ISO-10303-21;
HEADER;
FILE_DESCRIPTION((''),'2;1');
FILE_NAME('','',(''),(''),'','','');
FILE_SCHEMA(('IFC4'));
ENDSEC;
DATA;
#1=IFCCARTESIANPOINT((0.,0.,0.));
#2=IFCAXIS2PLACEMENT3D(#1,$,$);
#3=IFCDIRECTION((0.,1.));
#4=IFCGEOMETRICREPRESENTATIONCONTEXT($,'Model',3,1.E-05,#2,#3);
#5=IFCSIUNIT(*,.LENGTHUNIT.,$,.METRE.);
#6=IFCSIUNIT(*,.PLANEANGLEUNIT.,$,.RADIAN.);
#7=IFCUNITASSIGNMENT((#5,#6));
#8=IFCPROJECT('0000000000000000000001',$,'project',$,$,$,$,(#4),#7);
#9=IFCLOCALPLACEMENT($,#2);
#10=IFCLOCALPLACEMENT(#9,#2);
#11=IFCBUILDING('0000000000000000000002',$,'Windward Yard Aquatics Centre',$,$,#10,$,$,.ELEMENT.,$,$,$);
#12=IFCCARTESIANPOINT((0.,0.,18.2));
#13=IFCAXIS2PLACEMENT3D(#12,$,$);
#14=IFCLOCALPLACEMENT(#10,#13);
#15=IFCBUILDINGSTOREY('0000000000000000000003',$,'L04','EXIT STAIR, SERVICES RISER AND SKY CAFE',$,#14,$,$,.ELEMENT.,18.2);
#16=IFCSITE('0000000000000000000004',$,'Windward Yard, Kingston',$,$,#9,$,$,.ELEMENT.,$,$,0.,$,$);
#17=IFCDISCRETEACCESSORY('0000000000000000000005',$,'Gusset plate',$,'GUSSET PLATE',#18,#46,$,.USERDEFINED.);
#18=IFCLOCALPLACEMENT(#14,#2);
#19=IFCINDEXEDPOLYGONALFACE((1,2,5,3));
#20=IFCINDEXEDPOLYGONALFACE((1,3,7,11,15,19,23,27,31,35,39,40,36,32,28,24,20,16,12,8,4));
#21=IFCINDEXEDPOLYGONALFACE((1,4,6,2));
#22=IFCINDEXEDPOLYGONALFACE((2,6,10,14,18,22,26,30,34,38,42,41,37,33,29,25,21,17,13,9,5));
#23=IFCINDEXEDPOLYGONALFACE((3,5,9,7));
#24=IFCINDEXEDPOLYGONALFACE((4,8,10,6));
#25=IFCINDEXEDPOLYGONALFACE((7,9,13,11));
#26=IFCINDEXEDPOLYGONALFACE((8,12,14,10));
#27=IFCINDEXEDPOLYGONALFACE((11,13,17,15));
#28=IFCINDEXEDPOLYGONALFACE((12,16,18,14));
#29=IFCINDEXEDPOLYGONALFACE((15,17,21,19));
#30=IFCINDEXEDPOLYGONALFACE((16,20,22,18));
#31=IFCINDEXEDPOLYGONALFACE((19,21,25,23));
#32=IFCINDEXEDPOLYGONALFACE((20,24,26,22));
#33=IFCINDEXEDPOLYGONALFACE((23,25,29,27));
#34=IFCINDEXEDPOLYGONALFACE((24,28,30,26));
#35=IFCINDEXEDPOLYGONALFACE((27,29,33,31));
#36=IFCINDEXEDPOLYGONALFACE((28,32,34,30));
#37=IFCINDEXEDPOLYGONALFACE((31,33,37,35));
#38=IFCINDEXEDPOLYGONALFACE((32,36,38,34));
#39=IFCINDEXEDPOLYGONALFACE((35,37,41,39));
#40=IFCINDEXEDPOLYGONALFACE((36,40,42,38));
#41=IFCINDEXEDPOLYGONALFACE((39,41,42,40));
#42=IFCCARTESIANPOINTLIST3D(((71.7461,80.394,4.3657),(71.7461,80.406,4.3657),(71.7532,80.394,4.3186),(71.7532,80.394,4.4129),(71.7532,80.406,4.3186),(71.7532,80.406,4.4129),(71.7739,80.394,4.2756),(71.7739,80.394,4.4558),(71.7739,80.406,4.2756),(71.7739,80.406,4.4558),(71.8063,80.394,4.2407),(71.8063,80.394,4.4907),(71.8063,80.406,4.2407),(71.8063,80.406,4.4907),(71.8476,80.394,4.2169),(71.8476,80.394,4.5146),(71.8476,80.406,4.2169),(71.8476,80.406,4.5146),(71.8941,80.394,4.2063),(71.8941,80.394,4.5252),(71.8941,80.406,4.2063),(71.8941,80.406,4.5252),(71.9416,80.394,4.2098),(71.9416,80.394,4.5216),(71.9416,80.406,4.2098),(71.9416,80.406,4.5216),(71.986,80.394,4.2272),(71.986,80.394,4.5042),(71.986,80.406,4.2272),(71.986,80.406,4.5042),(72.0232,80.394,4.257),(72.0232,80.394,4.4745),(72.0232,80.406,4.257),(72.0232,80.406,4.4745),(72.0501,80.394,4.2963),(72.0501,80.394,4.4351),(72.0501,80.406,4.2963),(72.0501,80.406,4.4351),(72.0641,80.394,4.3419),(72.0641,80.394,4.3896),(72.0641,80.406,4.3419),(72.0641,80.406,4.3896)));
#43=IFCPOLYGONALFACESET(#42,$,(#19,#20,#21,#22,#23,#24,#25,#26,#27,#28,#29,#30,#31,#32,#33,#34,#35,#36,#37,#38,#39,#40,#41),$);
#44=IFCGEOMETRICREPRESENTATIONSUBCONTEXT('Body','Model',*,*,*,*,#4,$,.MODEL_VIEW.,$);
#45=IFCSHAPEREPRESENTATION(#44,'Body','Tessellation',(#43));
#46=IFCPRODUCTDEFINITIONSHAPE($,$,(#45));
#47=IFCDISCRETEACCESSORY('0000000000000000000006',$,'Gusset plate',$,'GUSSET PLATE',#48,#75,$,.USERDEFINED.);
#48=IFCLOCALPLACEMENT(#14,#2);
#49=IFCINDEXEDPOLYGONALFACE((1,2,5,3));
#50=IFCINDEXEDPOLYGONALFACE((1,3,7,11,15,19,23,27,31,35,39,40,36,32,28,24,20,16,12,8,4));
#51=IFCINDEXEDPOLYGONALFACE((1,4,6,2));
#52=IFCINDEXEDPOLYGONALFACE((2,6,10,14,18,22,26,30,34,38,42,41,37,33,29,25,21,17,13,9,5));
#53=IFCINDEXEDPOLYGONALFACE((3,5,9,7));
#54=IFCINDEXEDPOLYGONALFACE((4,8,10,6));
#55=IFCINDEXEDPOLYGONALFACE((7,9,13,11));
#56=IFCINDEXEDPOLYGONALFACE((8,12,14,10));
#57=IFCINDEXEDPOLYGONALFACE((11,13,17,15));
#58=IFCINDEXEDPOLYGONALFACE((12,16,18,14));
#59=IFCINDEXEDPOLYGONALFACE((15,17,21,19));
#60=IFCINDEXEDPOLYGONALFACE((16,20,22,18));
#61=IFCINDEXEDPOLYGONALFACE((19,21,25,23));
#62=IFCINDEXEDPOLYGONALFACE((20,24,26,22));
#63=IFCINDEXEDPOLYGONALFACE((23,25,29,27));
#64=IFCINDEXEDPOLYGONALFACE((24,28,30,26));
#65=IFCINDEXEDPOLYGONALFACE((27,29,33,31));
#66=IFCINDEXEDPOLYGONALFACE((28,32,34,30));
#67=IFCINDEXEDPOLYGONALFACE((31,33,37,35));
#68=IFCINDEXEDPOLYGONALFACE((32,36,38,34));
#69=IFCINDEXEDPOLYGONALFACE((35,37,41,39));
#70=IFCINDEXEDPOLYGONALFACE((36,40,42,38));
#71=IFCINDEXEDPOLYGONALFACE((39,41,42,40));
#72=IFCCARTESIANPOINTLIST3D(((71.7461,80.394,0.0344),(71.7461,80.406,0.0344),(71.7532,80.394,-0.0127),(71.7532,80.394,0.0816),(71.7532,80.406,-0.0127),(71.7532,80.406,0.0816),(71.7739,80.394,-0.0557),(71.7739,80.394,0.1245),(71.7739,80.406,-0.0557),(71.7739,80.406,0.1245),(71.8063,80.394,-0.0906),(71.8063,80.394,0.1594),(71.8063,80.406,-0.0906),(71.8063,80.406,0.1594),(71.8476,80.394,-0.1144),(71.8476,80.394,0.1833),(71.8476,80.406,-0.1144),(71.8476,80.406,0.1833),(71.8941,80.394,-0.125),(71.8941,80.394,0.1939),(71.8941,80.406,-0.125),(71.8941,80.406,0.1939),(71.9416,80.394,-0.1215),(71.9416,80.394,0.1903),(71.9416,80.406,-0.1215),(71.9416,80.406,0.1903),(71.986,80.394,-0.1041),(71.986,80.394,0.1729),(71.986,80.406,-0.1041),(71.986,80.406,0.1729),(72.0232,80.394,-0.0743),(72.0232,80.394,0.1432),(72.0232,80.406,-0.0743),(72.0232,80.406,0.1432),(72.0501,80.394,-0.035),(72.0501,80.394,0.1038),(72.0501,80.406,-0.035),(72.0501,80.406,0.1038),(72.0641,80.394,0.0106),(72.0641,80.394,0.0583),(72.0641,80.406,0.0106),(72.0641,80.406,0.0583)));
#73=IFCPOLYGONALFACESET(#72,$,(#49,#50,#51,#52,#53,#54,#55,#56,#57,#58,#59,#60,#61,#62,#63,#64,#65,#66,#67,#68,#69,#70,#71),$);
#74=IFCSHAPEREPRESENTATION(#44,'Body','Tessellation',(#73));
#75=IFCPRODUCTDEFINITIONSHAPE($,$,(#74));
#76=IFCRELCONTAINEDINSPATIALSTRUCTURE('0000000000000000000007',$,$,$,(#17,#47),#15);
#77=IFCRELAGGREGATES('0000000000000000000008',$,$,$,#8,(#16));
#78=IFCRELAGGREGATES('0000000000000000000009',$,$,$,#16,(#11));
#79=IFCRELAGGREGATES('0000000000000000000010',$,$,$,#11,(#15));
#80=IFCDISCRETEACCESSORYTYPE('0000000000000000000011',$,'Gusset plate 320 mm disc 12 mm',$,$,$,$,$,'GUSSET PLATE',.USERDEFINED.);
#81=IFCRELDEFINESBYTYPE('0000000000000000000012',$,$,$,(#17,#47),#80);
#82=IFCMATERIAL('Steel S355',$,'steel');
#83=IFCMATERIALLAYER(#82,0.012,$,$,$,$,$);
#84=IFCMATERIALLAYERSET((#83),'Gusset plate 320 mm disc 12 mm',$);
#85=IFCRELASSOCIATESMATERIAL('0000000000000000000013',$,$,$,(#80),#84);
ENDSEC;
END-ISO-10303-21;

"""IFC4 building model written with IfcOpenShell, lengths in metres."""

from ifc_helpers import new_model, si_unit, direction, frame, origin, origin_2d, place, context, subcontext, project, spatial, circle, extrude, material, layer, layer_set, type_object, element, save


model = new_model("IFC4")

# Units and contexts
model_context = context("Model", 3, precision=1e-05, world=origin(), true_north=direction((0.0, 1.0)))
body_context = subcontext(model_context, "Body", "Model", "MODEL_VIEW")
ifc_project = project(units=[si_unit("LENGTHUNIT", "METRE"), si_unit("PLANEANGLEUNIT", "RADIAN")], contexts=[model_context])

# Site, building, storey
site_placement = place(None, origin())
site = spatial("IfcSite", under=ifc_project, at=site_placement, Name="Windward Yard, Kingston", CompositionType="ELEMENT", RefElevation=0.0)
building_placement = place(site_placement, origin())
building = spatial("IfcBuilding", under=site, at=building_placement, Name="Windward Yard Aquatics Centre", CompositionType="ELEMENT")
storey_placement = place(building_placement, frame((0.0, 0.0, 18.2)))
storey = spatial("IfcBuildingStorey", under=building, at=storey_placement, Name="L04", Description="EXIT STAIR, SERVICES RISER AND SKY CAFE", CompositionType="ELEMENT", Elevation=18.2)

# Discrete accessories
ifc_material_1 = material(Name="Steel S355", Category="steel")
ifc_layer_1 = layer(ifc_material_1, 0.012)
ifc_layer_set_1 = layer_set([ifc_layer_1], Name="Gusset plate 320 mm disc 12 mm")
discrete_accessory_type = type_object("IfcDiscreteAccessoryType", Name="Gusset plate 320 mm disc 12 mm", ElementType="GUSSET PLATE", PredefinedType="USERDEFINED", material=ifc_layer_set_1)
for number, where, z_axis, x_axis, name in (
    (1, (71.906, 80.394, 4.3657), (0.0, 1.0, 0.0), (-1.0, 0.0, 0.0), "Gusset plate"),
    (2, (71.906, 80.394, 0.0344), (0.0, 1.0, 0.0), (-1.0, 0.0, 0.0), "Gusset plate"),
):
    element("IfcDiscreteAccessory", number, at=place(storey_placement, frame(where, z_axis=z_axis, x_axis=x_axis)), inside=storey, type_object=discrete_accessory_type, Name=name, ObjectType="GUSSET PLATE", PredefinedType="USERDEFINED", context=body_context, shape_type="SweptSolid", body=[
        extrude(circle(Radius=0.1599, at=origin_2d()), origin(), (0.0, 0.0, 1.0), 0.012),
    ])

save(model, "model.ifc")
